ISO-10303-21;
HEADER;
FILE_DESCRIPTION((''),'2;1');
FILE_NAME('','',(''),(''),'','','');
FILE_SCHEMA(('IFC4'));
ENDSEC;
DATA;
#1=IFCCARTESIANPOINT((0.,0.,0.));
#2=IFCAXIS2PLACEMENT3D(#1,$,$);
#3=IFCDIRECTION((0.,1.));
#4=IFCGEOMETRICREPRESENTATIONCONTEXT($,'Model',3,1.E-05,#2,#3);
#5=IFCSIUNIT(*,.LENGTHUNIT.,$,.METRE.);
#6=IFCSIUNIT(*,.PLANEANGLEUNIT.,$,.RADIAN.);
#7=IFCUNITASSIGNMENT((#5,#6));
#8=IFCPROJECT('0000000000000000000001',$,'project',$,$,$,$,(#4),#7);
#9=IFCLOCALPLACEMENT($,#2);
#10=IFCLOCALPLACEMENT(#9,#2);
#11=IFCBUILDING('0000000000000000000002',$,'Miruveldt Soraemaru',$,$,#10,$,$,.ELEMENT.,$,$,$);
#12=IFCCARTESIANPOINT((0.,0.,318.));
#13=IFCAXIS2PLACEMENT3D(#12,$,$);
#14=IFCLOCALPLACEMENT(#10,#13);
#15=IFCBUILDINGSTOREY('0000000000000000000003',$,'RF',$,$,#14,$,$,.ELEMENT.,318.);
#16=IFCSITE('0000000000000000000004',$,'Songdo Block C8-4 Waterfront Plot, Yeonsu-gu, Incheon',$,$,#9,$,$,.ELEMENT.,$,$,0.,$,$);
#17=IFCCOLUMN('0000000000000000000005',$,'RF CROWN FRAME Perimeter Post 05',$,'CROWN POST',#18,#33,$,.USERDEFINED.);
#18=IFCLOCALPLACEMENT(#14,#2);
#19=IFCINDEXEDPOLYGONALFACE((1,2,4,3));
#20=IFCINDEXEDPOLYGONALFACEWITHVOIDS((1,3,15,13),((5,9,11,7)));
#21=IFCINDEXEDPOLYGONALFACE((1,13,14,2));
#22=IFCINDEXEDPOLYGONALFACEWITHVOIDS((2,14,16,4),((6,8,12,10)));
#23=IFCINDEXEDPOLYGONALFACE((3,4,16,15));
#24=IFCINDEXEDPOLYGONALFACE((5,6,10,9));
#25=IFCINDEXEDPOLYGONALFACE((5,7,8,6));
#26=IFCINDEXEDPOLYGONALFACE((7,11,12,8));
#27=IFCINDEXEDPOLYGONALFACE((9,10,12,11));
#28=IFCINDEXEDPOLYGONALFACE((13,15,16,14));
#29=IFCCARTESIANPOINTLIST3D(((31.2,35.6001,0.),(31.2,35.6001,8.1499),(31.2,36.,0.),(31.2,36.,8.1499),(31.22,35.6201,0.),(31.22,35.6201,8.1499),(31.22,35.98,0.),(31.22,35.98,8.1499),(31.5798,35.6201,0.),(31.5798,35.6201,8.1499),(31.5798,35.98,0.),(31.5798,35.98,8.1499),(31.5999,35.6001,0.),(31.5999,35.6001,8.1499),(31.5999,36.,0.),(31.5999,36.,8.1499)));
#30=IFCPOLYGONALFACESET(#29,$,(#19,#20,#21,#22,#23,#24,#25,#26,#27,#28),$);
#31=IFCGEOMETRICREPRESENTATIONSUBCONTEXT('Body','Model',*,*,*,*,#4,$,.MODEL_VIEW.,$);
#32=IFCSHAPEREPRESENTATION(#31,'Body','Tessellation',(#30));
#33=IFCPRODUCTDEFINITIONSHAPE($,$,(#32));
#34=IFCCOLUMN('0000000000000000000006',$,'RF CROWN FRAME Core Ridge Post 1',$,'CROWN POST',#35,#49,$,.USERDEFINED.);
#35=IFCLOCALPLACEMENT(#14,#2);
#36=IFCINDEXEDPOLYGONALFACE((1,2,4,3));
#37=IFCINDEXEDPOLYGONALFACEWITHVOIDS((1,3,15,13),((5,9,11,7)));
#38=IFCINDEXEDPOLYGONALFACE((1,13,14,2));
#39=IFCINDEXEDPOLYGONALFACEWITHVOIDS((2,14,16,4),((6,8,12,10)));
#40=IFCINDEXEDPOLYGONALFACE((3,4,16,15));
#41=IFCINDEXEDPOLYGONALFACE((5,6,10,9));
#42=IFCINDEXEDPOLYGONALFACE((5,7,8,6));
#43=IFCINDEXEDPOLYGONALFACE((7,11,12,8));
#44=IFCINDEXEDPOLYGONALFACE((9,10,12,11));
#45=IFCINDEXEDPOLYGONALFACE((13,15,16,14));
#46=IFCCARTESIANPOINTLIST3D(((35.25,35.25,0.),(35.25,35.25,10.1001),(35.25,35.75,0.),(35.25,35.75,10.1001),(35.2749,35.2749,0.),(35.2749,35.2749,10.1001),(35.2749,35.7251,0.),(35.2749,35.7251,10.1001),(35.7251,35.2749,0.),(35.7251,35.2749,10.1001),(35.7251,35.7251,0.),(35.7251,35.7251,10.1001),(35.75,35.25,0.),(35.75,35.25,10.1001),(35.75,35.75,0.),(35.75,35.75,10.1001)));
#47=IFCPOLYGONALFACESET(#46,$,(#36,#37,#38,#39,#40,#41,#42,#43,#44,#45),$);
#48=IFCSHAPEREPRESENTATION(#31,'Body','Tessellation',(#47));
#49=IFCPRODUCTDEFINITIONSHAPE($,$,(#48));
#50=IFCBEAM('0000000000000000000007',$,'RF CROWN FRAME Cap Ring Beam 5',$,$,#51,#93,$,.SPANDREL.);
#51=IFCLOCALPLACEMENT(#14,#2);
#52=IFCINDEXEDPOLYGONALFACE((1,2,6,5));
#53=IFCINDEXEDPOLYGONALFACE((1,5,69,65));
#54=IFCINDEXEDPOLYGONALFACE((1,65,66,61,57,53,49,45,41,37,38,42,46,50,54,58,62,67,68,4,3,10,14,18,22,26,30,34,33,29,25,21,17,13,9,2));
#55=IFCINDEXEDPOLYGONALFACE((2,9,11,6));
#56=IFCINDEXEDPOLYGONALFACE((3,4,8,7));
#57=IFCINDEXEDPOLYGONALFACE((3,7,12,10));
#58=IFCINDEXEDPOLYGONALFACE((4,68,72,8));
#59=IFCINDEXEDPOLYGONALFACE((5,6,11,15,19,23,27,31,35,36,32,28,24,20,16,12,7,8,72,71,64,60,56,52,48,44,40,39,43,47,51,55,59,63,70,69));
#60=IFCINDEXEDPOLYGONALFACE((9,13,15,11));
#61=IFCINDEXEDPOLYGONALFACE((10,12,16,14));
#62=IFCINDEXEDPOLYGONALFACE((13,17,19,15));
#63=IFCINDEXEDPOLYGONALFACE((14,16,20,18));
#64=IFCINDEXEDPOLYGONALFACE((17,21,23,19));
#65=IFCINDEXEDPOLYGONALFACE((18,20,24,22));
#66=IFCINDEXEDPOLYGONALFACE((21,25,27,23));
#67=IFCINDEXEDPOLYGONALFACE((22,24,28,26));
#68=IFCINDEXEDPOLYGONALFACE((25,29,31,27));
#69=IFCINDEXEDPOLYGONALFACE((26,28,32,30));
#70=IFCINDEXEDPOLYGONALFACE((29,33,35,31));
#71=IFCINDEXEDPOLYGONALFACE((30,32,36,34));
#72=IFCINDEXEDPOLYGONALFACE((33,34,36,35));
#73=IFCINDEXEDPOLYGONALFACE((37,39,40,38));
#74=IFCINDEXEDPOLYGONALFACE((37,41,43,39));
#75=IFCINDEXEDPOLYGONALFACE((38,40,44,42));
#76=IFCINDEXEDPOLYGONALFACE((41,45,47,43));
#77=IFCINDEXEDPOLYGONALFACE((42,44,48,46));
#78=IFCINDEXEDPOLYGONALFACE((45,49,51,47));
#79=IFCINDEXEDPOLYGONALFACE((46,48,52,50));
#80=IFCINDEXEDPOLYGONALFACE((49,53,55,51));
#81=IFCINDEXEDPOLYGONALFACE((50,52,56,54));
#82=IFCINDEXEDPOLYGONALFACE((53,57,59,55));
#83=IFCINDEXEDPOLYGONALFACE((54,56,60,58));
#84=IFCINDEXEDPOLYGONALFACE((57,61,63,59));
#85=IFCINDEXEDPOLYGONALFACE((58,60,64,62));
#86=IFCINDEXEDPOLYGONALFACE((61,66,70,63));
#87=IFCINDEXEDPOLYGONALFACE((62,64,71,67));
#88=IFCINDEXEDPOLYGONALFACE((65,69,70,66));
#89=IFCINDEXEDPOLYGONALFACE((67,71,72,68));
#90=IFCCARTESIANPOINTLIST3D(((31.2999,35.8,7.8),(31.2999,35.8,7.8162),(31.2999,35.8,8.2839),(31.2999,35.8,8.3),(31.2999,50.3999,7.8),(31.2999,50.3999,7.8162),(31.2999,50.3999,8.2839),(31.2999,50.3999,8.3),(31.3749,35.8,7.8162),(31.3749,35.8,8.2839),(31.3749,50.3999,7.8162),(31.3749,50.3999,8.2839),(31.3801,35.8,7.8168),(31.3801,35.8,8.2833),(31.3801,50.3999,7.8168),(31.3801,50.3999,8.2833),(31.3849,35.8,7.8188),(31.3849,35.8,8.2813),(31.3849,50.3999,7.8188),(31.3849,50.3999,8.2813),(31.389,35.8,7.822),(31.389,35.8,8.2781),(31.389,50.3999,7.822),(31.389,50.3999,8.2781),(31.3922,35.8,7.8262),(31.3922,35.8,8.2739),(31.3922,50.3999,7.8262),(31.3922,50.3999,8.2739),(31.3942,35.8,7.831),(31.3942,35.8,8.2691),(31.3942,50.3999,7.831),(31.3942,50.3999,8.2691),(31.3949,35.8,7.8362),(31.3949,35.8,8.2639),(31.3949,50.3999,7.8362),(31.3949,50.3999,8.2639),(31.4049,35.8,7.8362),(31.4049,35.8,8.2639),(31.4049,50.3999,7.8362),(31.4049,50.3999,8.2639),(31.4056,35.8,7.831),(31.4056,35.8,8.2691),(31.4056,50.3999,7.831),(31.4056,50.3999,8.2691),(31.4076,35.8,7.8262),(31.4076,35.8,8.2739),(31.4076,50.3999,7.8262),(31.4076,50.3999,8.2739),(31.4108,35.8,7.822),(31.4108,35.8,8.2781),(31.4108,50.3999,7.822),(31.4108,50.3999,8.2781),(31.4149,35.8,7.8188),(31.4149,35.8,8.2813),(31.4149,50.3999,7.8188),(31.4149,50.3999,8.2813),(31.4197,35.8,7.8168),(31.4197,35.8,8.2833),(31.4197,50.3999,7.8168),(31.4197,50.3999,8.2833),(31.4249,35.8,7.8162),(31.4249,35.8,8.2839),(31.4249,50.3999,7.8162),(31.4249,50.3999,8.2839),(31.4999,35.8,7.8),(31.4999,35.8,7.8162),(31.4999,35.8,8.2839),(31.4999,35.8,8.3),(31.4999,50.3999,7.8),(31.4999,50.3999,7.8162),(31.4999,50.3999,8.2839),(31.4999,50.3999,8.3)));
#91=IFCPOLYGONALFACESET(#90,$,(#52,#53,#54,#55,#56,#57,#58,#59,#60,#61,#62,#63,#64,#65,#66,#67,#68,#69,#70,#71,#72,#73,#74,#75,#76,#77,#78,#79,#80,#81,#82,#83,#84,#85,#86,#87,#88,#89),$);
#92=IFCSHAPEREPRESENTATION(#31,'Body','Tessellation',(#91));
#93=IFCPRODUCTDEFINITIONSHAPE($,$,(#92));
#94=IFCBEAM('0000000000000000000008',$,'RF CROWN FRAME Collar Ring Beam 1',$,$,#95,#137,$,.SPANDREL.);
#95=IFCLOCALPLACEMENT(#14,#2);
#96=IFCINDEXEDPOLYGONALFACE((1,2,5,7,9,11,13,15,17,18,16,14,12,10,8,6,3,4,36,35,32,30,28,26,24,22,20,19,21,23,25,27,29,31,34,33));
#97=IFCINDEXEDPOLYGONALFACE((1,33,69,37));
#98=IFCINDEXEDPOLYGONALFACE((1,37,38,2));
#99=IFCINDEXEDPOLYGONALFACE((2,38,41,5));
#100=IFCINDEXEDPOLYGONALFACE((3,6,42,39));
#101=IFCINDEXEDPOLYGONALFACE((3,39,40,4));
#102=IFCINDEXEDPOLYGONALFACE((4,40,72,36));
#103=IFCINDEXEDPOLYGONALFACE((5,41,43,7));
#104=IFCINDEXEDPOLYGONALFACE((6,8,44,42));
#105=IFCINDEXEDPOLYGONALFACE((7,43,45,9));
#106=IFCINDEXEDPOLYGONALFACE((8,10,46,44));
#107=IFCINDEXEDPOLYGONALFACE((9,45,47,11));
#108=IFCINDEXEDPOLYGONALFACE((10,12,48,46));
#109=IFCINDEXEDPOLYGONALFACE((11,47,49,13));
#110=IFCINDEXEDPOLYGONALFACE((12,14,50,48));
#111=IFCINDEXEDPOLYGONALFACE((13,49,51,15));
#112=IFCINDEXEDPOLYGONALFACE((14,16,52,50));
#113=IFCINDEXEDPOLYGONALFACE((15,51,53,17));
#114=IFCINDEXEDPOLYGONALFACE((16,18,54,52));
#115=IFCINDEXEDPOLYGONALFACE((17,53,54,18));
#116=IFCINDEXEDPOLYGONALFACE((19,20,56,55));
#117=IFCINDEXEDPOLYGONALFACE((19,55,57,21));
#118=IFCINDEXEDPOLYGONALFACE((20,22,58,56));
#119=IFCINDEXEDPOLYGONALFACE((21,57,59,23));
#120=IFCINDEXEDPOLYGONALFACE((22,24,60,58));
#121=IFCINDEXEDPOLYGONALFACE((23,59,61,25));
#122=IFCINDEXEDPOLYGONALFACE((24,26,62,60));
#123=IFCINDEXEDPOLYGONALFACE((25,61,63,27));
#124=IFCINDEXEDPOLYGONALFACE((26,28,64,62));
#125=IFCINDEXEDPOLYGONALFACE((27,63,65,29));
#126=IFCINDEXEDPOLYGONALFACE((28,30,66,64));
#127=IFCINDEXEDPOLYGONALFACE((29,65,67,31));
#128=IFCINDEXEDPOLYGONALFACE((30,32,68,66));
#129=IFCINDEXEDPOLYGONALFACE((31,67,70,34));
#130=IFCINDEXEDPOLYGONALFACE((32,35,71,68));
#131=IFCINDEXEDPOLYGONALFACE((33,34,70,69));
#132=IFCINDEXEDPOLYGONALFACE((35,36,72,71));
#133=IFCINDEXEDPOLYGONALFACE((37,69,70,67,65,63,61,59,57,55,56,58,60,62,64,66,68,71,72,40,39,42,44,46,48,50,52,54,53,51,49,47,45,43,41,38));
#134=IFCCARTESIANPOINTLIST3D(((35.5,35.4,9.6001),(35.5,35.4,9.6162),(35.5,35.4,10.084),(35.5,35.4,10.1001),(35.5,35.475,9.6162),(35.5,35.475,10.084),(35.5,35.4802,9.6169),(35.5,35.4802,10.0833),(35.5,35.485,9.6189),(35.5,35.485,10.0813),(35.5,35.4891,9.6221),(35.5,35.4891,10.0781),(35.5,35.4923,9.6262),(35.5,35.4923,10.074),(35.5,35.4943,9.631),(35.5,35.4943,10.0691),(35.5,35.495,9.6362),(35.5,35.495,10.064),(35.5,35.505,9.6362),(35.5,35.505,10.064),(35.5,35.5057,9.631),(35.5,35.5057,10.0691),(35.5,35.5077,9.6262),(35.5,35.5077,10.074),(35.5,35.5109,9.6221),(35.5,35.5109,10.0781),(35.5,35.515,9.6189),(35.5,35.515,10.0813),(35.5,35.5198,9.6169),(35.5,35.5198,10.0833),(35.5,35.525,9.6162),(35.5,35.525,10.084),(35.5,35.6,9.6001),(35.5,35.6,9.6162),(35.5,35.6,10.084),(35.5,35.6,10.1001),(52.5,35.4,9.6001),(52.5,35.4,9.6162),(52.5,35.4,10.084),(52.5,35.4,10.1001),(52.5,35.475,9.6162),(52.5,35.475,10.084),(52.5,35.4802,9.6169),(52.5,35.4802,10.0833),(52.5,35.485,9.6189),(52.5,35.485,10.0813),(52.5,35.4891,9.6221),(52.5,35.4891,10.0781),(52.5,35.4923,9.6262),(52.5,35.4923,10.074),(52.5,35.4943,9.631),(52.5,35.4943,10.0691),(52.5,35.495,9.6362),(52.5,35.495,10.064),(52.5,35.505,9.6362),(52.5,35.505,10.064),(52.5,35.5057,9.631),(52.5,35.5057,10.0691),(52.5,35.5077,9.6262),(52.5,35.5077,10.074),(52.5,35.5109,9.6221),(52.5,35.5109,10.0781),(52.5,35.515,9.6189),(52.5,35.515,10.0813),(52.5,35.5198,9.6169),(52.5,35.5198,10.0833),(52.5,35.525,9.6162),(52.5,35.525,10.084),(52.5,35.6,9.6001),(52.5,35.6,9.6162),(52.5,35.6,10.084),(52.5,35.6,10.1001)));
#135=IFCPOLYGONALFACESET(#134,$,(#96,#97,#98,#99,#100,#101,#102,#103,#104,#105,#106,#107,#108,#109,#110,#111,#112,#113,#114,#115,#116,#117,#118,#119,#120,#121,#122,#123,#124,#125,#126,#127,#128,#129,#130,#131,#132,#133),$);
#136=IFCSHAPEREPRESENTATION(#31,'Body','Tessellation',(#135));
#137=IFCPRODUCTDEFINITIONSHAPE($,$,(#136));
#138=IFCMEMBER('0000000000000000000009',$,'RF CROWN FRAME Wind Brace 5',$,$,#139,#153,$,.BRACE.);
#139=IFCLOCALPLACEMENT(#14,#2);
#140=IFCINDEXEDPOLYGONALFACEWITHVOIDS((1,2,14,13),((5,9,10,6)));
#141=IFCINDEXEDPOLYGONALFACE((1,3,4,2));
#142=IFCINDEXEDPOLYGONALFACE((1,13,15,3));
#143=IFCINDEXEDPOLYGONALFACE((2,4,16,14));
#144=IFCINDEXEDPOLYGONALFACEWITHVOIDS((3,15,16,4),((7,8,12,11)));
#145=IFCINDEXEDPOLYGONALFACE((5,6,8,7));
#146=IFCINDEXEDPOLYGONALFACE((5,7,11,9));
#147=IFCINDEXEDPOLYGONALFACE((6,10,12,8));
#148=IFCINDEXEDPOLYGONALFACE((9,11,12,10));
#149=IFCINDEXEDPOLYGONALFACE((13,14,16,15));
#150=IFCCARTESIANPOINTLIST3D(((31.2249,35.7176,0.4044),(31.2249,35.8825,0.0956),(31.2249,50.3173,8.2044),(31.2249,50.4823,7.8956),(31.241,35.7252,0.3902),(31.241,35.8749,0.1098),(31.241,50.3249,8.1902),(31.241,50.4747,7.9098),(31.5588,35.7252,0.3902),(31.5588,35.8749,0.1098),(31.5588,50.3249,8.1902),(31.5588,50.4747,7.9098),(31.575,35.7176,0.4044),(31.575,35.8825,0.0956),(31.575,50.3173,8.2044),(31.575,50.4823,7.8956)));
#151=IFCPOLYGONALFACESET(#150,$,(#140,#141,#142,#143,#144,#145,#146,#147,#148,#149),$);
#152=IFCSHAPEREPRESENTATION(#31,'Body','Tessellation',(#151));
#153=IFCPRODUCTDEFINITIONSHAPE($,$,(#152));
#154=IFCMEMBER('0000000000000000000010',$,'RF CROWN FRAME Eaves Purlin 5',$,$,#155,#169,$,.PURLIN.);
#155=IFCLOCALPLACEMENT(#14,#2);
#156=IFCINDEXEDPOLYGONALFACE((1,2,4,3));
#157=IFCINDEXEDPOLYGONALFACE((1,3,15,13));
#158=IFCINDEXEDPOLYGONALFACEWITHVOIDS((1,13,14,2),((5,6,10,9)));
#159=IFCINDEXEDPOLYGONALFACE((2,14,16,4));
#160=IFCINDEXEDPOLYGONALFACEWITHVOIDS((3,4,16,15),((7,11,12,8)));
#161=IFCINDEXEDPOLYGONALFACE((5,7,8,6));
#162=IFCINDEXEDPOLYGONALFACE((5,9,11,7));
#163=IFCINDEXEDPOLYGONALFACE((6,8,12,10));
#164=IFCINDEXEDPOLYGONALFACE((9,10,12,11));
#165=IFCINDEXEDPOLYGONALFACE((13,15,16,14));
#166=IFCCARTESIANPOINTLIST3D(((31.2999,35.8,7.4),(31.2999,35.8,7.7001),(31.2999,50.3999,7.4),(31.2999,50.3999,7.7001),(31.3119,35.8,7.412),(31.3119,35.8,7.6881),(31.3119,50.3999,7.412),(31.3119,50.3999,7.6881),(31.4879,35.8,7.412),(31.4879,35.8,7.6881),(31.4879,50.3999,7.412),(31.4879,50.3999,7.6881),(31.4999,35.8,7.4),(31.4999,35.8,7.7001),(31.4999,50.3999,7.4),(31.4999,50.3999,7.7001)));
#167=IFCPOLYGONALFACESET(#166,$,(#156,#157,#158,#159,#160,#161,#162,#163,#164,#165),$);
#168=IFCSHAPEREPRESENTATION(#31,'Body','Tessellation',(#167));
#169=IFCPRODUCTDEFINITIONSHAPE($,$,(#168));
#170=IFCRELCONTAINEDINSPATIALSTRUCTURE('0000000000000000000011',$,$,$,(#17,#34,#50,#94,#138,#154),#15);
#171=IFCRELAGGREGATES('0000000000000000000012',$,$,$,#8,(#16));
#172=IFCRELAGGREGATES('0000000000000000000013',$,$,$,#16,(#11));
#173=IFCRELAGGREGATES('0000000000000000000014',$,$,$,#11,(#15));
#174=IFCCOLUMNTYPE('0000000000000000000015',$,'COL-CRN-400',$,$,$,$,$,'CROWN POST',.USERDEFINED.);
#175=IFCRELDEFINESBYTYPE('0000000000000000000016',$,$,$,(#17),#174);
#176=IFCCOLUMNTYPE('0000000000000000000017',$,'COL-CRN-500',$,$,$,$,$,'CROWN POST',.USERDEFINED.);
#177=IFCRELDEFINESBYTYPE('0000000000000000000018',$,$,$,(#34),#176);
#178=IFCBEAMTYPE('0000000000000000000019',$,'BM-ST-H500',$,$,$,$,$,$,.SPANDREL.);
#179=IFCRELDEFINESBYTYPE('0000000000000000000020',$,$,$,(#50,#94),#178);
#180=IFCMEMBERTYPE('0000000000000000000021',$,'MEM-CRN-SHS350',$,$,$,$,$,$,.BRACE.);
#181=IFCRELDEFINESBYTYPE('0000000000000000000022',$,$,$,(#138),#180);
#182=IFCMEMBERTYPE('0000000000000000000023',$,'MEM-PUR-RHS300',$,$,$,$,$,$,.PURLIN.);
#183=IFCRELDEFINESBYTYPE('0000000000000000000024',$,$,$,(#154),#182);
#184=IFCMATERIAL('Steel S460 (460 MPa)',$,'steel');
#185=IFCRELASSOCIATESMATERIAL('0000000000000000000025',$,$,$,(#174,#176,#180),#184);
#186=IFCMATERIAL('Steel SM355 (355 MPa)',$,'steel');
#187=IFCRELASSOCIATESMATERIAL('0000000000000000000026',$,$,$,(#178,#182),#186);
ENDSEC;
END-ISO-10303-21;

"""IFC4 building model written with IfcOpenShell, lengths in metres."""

from ifc_helpers import new_model, si_unit, direction, frame, origin, origin_2d, place, context, subcontext, project, spatial, hollow_rectangle, i_section, extrude, material, material_profile, profile_set, type_object, element, save


model = new_model("IFC4")

# Units and contexts
model_context = context("Model", 3, precision=1e-05, world=origin(), true_north=direction((0.0, 1.0)))
body_context = subcontext(model_context, "Body", "Model", "MODEL_VIEW")
ifc_project = project(units=[si_unit("LENGTHUNIT", "METRE"), si_unit("PLANEANGLEUNIT", "RADIAN")], contexts=[model_context])

# Site, building, storey
site_placement = place(None, origin())
site = spatial("IfcSite", under=ifc_project, at=site_placement, Name="Songdo Block C8-4 Waterfront Plot, Yeonsu-gu, Incheon", CompositionType="ELEMENT", RefElevation=0.0)
building_placement = place(site_placement, origin())
building = spatial("IfcBuilding", under=site, at=building_placement, Name="Miruveldt Soraemaru", CompositionType="ELEMENT")
storey_placement = place(building_placement, frame((0.0, 0.0, 318.0)))
storey = spatial("IfcBuildingStorey", under=building, at=storey_placement, Name="RF", CompositionType="ELEMENT", Elevation=318.0)

# Columns
ifc_material_1 = material(Name="Steel S460 (460 MPa)", Category="steel")
ifc_material_profile_1 = material_profile(ifc_material_1, hollow_rectangle(XDim=0.3999, YDim=0.3999, WallThickness=0.02, at=origin_2d()), Name="Steel S460 (460 MPa)", Category="steel")
ifc_profile_set_1 = profile_set([ifc_material_profile_1], Name="Steel S460 (460 MPa)")
column_type_1 = type_object("IfcColumnType", Name="COL-CRN-400", ElementType="CROWN POST", PredefinedType="USERDEFINED", material=ifc_profile_set_1)
column_1_placement = place(storey_placement, frame((31.3999, 35.8, 0.0), z_axis=(0.0, 0.0, 1.0), x_axis=(1.0, 0.0, 0.0)))
element("IfcColumn", 1, at=column_1_placement, inside=storey, type_object=column_type_1, Name="RF CROWN FRAME Perimeter Post 05", ObjectType="CROWN POST", PredefinedType="USERDEFINED", context=body_context, shape_type="SweptSolid", body=[
    extrude(hollow_rectangle(XDim=0.3999, YDim=0.3999, WallThickness=0.02, at=origin_2d()), origin(), (0.0, 0.0, 1.0), 8.1499),
])
ifc_material_profile_2 = material_profile(ifc_material_1, hollow_rectangle(XDim=0.5, YDim=0.5, WallThickness=0.0249, at=origin_2d()), Name="Steel S460 (460 MPa)", Category="steel")
ifc_profile_set_2 = profile_set([ifc_material_profile_2], Name="Steel S460 (460 MPa)")
column_type_2 = type_object("IfcColumnType", Name="COL-CRN-500", ElementType="CROWN POST", PredefinedType="USERDEFINED", material=ifc_profile_set_2)
column_2_placement = place(storey_placement, frame((35.5, 35.5, 0.0), z_axis=(0.0, 0.0, 1.0), x_axis=(1.0, 0.0, 0.0)))
element("IfcColumn", 2, at=column_2_placement, inside=storey, type_object=column_type_2, Name="RF CROWN FRAME Core Ridge Post 1", ObjectType="CROWN POST", PredefinedType="USERDEFINED", context=body_context, shape_type="SweptSolid", body=[
    extrude(hollow_rectangle(XDim=0.5, YDim=0.5, WallThickness=0.0249, at=origin_2d()), origin(), (0.0, 0.0, 1.0), 10.1001),
])

# Beams
ifc_material_2 = material(Name="Steel SM355 (355 MPa)", Category="steel")
ifc_material_profile_3 = material_profile(ifc_material_2, i_section(OverallWidth=0.2, OverallDepth=0.5, WebThickness=0.01, FlangeThickness=0.0161, FilletRadius=0.02, at=origin_2d()), Name="Steel SM355 (355 MPa)", Category="steel")
ifc_profile_set_3 = profile_set([ifc_material_profile_3], Name="Steel SM355 (355 MPa)")
beam_type = type_object("IfcBeamType", Name="BM-ST-H500", PredefinedType="SPANDREL", material=ifc_profile_set_3)
beam_1_placement = place(storey_placement, frame((31.3999, 35.8, 8.05), z_axis=(0.0, 1.0, 0.0), x_axis=(-1.0, 0.0, 0.0)))
element("IfcBeam", 3, at=beam_1_placement, inside=storey, type_object=beam_type, Name="RF CROWN FRAME Cap Ring Beam 5", PredefinedType="SPANDREL", context=body_context, shape_type="SweptSolid", body=[
    extrude(i_section(OverallWidth=0.2, OverallDepth=0.5, WebThickness=0.01, FlangeThickness=0.0161, FilletRadius=0.02, at=origin_2d()), origin(), (0.0, 0.0, 1.0), 14.5999),
])
beam_2_placement = place(storey_placement, frame((35.5, 35.5, 9.8501), z_axis=(1.0, 0.0, 0.0), x_axis=(0.0, 1.0, 0.0)))
element("IfcBeam", 4, at=beam_2_placement, inside=storey, type_object=beam_type, Name="RF CROWN FRAME Collar Ring Beam 1", PredefinedType="SPANDREL", context=body_context, shape_type="SweptSolid", body=[
    extrude(i_section(OverallWidth=0.2, OverallDepth=0.5, WebThickness=0.01, FlangeThickness=0.0161, FilletRadius=0.02, at=origin_2d()), origin(), (0.0, 0.0, 1.0), 17.0),
])

# Members
ifc_material_profile_4 = material_profile(ifc_material_1, hollow_rectangle(XDim=0.3501, YDim=0.3501, WallThickness=0.0161, at=origin_2d()), Name="Steel S460 (460 MPa)", Category="steel")
ifc_profile_set_4 = profile_set([ifc_material_profile_4], Name="Steel S460 (460 MPa)")
member_type_1 = type_object("IfcMemberType", Name="MEM-CRN-SHS350", PredefinedType="BRACE", material=ifc_profile_set_4)
member_1_placement = place(storey_placement, frame((31.3999, 35.8, 0.25), z_axis=(0.0, 0.882015, 0.471221), x_axis=(-1.0, 0.0, 0.0)))
element("IfcMember", 5, at=member_1_placement, inside=storey, type_object=member_type_1, Name="RF CROWN FRAME Wind Brace 5", PredefinedType="BRACE", context=body_context, shape_type="SweptSolid", body=[
    extrude(hollow_rectangle(XDim=0.3501, YDim=0.3501, WallThickness=0.0161, at=origin_2d()), origin(), (0.0, 0.0, 1.0), 16.5527),
])
ifc_material_profile_5 = material_profile(ifc_material_2, hollow_rectangle(XDim=0.2, YDim=0.3, WallThickness=0.012, at=origin_2d()), Name="Steel SM355 (355 MPa)", Category="steel")
ifc_profile_set_5 = profile_set([ifc_material_profile_5], Name="Steel SM355 (355 MPa)")
member_type_2 = type_object("IfcMemberType", Name="MEM-PUR-RHS300", PredefinedType="PURLIN", material=ifc_profile_set_5)
member_2_placement = place(storey_placement, frame((31.3999, 35.8, 7.55), z_axis=(0.0, 1.0, 0.0), x_axis=(-1.0, 0.0, 0.0)))
element("IfcMember", 6, at=member_2_placement, inside=storey, type_object=member_type_2, Name="RF CROWN FRAME Eaves Purlin 5", PredefinedType="PURLIN", context=body_context, shape_type="SweptSolid", body=[
    extrude(hollow_rectangle(XDim=0.2, YDim=0.3, WallThickness=0.012, at=origin_2d()), origin(), (0.0, 0.0, 1.0), 14.5999),
])

save(model, "model.ifc")
